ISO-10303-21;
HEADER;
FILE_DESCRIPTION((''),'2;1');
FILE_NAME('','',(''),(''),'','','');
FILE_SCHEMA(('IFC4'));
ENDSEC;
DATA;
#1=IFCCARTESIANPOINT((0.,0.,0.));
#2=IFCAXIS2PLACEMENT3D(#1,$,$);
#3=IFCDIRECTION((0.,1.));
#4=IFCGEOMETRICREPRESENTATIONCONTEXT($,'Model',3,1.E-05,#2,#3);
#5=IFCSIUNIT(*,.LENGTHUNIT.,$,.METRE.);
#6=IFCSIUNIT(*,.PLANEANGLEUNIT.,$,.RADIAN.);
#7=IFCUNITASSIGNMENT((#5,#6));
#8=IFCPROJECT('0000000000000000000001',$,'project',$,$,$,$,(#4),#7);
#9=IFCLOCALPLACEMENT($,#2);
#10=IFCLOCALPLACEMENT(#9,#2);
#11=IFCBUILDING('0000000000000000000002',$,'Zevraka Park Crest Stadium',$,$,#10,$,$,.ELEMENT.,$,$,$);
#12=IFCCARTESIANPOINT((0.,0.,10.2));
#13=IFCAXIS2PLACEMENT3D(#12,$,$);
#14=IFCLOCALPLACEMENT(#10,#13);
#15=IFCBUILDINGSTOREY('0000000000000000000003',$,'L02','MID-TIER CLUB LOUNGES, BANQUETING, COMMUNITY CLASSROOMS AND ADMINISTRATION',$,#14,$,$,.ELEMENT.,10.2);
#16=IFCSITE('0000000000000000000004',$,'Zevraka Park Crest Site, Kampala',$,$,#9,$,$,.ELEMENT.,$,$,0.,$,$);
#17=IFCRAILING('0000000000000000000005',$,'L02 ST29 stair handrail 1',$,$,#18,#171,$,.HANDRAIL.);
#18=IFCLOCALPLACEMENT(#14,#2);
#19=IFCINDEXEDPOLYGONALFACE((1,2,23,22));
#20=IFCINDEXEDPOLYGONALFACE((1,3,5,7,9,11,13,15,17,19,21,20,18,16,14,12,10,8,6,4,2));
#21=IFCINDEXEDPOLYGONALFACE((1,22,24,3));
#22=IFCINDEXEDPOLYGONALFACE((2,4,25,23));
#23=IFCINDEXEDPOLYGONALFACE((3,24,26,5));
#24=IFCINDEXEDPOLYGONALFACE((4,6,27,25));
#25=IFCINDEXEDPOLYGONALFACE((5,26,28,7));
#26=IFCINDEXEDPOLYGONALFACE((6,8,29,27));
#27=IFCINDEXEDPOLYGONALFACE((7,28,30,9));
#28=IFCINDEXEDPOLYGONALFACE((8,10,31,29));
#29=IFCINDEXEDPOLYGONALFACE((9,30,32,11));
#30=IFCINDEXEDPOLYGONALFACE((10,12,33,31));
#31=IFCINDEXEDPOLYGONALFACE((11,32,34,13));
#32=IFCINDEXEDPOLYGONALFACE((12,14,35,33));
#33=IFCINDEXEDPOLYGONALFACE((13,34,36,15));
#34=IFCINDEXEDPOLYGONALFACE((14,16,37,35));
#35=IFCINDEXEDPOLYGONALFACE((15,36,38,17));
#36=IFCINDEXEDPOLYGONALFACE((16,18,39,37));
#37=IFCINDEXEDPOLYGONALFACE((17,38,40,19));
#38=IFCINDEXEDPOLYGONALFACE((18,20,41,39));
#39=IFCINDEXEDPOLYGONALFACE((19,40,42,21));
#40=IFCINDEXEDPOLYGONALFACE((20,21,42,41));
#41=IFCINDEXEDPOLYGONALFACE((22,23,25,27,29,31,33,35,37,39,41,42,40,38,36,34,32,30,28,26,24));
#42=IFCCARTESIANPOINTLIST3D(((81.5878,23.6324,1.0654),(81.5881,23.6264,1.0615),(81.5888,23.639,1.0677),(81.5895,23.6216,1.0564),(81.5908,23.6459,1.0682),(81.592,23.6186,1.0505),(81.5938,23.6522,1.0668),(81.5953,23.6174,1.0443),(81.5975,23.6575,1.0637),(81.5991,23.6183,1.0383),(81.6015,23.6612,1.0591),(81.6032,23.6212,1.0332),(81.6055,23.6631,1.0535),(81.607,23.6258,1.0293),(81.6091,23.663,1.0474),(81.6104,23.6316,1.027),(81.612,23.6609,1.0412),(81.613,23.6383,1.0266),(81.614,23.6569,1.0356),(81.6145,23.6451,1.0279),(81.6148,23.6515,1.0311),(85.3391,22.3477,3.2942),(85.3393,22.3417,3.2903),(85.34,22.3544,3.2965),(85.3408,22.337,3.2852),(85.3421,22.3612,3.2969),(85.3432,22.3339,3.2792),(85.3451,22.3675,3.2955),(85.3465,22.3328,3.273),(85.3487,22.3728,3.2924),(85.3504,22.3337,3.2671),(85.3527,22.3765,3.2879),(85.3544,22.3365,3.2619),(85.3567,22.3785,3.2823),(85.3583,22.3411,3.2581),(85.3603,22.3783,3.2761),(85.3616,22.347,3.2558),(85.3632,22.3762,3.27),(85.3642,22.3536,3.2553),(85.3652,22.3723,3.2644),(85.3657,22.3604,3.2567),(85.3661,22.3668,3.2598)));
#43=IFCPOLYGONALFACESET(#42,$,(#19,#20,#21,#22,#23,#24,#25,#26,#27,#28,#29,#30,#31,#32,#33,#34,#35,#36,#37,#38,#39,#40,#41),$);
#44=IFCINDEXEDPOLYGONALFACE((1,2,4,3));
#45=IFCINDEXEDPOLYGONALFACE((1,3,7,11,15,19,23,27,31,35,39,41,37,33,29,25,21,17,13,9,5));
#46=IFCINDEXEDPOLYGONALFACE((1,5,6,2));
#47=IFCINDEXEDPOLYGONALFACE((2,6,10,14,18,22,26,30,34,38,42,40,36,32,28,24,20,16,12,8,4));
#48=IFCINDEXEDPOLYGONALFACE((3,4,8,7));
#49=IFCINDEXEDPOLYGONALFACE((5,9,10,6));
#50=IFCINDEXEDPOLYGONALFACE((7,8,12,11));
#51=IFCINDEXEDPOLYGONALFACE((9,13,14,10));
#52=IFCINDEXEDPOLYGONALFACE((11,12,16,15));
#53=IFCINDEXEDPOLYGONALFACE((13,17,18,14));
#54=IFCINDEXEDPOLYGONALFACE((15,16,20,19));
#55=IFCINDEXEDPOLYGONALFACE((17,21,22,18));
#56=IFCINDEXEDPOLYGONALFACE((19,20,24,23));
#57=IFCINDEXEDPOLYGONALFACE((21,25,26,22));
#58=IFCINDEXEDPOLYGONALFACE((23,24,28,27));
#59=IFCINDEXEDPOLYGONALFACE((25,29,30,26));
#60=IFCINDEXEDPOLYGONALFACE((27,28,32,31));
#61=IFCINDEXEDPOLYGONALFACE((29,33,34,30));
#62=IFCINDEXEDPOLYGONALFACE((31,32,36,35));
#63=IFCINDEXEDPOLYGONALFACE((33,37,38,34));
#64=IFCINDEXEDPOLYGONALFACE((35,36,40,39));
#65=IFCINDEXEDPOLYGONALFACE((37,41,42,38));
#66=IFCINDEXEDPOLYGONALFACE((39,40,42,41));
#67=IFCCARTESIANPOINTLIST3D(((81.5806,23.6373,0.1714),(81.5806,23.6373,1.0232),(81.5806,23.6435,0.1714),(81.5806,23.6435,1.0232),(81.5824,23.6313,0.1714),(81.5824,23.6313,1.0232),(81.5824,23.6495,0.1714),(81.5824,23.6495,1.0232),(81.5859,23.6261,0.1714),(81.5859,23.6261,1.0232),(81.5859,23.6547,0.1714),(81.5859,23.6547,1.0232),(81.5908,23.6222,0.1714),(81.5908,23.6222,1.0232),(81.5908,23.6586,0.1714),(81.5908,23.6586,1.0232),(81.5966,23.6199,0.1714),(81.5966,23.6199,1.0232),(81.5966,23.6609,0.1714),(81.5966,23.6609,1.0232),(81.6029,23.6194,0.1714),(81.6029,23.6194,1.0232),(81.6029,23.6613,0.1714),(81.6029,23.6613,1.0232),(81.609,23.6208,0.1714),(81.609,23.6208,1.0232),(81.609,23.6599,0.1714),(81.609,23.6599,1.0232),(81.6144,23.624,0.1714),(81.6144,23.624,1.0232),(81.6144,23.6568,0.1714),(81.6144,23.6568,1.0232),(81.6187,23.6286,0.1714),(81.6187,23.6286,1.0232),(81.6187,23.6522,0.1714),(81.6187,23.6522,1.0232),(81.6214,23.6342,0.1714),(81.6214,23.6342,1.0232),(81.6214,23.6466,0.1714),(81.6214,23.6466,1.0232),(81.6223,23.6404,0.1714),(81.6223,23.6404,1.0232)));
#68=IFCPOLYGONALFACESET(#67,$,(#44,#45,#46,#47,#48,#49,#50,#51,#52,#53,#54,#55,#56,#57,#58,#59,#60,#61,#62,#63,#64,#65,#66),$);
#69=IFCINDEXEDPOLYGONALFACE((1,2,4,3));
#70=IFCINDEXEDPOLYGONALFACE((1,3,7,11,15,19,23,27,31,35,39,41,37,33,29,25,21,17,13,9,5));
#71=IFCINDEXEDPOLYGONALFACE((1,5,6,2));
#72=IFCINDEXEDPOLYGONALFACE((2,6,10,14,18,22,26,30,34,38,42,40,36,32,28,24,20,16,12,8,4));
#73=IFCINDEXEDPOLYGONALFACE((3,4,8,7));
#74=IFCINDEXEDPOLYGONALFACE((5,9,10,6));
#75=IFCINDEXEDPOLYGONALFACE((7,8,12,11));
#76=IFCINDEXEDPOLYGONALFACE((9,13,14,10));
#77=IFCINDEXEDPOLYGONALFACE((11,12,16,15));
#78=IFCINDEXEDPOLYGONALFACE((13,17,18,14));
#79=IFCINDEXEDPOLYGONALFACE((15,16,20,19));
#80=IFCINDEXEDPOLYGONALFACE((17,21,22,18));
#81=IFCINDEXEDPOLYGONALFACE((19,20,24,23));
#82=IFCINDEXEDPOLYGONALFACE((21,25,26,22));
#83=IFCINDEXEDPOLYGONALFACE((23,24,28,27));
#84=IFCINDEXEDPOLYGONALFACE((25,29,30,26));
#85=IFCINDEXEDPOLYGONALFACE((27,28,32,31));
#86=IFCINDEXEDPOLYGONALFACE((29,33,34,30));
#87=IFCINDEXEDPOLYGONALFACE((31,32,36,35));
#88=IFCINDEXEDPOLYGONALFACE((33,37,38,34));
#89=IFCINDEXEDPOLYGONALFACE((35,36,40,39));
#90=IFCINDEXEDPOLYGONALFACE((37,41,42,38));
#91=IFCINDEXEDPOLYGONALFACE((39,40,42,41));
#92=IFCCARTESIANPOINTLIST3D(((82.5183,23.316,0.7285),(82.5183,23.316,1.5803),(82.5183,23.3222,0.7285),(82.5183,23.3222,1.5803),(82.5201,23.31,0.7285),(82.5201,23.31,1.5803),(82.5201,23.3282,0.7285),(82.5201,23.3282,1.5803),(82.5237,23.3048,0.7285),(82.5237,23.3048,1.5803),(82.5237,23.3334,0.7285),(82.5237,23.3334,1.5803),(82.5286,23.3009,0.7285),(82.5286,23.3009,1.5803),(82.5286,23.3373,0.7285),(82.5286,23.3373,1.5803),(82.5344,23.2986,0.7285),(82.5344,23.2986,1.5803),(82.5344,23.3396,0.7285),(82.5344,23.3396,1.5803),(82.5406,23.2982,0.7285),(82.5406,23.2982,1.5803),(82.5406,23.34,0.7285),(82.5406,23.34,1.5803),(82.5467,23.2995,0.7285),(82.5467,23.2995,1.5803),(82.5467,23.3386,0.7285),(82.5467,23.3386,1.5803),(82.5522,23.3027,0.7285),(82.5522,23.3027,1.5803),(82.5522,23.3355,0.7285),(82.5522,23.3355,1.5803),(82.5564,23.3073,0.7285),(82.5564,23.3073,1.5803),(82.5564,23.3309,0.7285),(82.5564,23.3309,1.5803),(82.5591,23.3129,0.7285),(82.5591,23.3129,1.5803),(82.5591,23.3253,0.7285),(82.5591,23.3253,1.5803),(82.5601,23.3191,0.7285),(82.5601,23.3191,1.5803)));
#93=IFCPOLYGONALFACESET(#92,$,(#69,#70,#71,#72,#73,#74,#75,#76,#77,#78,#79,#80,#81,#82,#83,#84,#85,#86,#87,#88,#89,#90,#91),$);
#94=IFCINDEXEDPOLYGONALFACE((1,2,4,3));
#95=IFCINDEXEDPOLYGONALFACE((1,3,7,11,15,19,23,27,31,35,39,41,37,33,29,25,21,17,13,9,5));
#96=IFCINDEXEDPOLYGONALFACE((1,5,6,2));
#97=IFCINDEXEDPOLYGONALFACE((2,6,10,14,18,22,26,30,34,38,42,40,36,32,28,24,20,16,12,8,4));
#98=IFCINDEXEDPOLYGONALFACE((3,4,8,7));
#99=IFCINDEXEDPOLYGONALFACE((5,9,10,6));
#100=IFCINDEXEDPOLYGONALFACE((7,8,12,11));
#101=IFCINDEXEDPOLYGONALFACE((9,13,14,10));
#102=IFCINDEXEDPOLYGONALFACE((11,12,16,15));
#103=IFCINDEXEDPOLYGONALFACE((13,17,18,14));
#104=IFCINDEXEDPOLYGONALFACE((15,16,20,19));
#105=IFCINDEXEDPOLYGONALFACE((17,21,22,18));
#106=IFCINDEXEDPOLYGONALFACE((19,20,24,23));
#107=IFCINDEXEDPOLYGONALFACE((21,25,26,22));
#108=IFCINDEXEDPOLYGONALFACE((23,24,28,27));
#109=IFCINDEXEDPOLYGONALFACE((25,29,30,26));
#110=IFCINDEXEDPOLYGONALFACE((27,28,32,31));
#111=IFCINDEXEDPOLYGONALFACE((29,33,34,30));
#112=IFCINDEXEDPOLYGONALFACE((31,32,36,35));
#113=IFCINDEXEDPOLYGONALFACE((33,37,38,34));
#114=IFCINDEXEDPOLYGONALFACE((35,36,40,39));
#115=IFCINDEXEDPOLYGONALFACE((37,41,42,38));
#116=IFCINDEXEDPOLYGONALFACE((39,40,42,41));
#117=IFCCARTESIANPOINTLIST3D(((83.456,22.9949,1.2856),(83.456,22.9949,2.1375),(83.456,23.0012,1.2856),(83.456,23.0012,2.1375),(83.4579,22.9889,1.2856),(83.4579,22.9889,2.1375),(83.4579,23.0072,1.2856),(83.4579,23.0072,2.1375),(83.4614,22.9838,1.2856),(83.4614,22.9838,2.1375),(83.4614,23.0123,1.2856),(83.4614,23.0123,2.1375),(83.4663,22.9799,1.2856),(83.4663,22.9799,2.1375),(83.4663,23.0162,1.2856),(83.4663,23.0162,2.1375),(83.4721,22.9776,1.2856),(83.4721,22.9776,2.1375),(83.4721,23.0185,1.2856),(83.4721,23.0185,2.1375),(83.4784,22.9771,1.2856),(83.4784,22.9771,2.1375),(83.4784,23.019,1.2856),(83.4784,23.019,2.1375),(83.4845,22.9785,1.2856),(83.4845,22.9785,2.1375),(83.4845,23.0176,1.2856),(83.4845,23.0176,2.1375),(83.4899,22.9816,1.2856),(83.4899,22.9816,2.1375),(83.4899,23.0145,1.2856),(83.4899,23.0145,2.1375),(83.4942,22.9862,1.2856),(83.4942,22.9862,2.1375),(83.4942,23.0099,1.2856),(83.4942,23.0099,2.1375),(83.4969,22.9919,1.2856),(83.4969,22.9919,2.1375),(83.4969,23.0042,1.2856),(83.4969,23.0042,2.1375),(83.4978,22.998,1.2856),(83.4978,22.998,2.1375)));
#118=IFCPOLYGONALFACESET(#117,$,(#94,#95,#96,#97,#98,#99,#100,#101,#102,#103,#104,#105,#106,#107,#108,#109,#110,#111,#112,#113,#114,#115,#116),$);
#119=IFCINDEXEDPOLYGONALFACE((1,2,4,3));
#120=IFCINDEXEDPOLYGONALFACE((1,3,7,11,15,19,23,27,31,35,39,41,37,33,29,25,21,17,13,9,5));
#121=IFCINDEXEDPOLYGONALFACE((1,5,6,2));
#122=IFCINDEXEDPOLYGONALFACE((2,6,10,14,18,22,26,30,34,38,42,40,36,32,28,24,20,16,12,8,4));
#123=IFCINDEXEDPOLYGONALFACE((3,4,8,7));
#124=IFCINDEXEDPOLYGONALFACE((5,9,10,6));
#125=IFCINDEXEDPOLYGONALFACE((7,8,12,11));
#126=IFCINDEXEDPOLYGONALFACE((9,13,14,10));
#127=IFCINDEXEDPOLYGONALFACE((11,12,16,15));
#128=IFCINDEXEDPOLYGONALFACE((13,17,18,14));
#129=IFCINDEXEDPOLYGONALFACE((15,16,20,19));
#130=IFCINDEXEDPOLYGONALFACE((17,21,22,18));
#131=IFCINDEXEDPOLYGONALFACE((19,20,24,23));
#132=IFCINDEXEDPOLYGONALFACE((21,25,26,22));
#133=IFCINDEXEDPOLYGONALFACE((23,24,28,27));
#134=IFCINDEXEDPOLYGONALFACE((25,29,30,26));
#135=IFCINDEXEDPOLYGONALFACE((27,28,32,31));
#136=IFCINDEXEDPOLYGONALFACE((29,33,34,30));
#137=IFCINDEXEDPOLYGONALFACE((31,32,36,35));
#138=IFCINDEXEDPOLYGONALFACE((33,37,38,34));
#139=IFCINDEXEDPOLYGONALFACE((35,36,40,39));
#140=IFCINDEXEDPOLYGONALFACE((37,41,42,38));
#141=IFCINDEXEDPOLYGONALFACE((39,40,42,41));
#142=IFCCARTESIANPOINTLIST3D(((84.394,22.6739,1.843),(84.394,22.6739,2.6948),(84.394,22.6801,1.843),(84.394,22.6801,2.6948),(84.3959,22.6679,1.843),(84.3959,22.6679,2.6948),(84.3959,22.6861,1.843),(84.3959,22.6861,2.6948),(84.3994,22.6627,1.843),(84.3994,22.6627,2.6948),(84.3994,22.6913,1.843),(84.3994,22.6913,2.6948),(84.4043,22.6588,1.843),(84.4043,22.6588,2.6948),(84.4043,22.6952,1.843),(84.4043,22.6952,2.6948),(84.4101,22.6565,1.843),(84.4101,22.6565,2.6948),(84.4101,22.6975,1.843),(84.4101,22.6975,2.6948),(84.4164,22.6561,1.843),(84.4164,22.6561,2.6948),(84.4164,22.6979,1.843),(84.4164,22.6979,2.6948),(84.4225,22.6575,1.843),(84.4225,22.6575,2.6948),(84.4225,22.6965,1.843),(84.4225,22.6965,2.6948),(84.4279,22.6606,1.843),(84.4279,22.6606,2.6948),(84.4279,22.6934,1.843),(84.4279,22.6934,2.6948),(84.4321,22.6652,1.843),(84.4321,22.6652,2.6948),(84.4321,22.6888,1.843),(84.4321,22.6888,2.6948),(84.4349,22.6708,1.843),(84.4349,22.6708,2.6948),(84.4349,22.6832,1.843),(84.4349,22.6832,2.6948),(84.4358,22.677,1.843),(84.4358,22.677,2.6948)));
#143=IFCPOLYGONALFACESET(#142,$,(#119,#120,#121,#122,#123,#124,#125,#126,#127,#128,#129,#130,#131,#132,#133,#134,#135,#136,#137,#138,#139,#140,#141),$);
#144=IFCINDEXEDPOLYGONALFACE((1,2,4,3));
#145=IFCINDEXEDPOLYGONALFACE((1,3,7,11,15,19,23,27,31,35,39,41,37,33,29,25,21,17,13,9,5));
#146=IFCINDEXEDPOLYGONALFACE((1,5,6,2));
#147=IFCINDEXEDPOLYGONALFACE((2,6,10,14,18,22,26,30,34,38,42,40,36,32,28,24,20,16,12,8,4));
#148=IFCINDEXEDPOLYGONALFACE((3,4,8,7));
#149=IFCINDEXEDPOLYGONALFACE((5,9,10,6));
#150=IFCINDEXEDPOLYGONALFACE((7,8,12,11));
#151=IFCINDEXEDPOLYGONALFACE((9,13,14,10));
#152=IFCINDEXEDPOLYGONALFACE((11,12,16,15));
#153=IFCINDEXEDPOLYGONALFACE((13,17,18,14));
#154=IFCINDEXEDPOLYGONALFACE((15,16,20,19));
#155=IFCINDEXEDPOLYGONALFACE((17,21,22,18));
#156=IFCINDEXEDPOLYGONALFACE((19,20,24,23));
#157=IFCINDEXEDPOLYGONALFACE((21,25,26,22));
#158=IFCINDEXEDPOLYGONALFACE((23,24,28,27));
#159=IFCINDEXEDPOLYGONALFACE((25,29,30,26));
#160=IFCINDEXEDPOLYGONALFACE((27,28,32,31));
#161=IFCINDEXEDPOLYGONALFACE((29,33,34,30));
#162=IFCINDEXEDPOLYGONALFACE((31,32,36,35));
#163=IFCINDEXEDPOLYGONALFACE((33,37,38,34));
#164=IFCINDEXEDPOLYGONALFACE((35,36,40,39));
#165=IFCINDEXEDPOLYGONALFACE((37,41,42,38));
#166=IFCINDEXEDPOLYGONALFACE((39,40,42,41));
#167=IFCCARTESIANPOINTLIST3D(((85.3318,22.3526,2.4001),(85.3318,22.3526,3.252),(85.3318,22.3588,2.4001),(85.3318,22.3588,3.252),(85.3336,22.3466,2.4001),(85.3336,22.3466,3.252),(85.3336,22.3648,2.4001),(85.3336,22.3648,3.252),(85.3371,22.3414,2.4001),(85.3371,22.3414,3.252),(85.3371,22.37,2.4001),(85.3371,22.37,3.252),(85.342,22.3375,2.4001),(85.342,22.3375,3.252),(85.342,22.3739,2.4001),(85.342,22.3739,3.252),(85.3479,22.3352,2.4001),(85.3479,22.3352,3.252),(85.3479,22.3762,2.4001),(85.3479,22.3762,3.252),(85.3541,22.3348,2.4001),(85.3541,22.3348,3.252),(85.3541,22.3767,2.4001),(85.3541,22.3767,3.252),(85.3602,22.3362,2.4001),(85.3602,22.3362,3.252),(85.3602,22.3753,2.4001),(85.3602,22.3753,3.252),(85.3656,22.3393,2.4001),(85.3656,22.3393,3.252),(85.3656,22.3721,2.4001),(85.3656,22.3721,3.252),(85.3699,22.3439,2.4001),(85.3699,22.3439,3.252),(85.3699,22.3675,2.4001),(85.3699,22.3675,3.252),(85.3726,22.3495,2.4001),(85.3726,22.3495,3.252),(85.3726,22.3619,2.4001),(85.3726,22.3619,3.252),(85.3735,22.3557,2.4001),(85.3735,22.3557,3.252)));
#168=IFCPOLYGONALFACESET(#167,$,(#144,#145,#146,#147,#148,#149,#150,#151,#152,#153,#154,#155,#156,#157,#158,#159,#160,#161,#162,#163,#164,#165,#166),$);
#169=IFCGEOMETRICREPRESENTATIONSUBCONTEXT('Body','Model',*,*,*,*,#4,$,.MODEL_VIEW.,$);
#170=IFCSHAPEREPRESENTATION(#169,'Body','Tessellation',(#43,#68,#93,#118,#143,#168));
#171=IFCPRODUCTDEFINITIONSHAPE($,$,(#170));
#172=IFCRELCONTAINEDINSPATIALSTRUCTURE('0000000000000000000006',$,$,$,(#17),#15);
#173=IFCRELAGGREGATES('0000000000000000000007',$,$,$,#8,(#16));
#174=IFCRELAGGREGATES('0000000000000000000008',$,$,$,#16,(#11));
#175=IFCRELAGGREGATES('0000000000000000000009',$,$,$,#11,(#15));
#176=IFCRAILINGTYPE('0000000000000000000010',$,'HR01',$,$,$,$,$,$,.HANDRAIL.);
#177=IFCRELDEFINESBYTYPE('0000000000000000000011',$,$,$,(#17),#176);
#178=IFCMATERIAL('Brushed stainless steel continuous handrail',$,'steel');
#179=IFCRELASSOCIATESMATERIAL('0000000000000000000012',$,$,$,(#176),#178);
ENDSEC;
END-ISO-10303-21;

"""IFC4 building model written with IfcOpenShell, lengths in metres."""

from ifc_helpers import new_model, si_unit, direction, frame, origin, origin_2d, place, context, subcontext, project, spatial, circle, extrude, material, type_object, element, save


model = new_model("IFC4")

# Units and contexts
model_context = context("Model", 3, precision=1e-05, world=origin(), true_north=direction((0.0, 1.0)))
body_context = subcontext(model_context, "Body", "Model", "MODEL_VIEW")
ifc_project = project(units=[si_unit("LENGTHUNIT", "METRE"), si_unit("PLANEANGLEUNIT", "RADIAN")], contexts=[model_context])

# Site, building, storey
site_placement = place(None, origin())
site = spatial("IfcSite", under=ifc_project, at=site_placement, Name="Zevraka Park Crest Site, Kampala", CompositionType="ELEMENT", RefElevation=0.0)
building_placement = place(site_placement, origin())
building = spatial("IfcBuilding", under=site, at=building_placement, Name="Zevraka Park Crest Stadium", CompositionType="ELEMENT")
storey_placement = place(building_placement, frame((0.0, 0.0, 10.2)))
storey = spatial("IfcBuildingStorey", under=building, at=storey_placement, Name="L02", Description="MID-TIER CLUB LOUNGES, BANQUETING, COMMUNITY CLASSROOMS AND ADMINISTRATION", CompositionType="ELEMENT", Elevation=10.2)

# Railing
ifc_material_1 = material(Name="Brushed stainless steel continuous handrail", Category="steel")
railing_type_1 = type_object("IfcRailingType", Name="HR01", PredefinedType="HANDRAIL", material=ifc_material_1)
railing_1_placement = place(storey_placement, frame((81.6013, 23.6404, 0.1714)))
element("IfcRailing", 1, at=railing_1_placement, inside=storey, type_object=railing_type_1, Name="L02 ST29 stair handrail 1", PredefinedType="HANDRAIL", context=body_context, shape_type="SweptSolid", body=[
    extrude(circle(Radius=0.0239, at=origin_2d()), frame((0.0, 0.0, 0.876), z_axis=(0.824705, -0.282434, 0.489992), x_axis=(0.323994, 0.946059, 0.0)), (0.0, 0.0, 1.0), 4.5486),
    extrude(circle(Radius=0.021, at=origin_2d()), origin(), (0.0, 0.0, 1.0), 0.8518),
    extrude(circle(Radius=0.021, at=origin_2d()), frame((0.9377, -0.3213, 0.5571)), (0.0, 0.0, 1.0), 0.8518),
    extrude(circle(Radius=0.021, at=origin_2d()), frame((1.8755, -0.6423, 1.1143)), (0.0, 0.0, 1.0), 0.8518),
    extrude(circle(Radius=0.021, at=origin_2d()), frame((2.8135, -0.9634, 1.6716)), (0.0, 0.0, 1.0), 0.8518),
    extrude(circle(Radius=0.021, at=origin_2d()), frame((3.7512, -1.2847, 2.2288)), (0.0, 0.0, 1.0), 0.8518),
])

save(model, "model.ifc")
